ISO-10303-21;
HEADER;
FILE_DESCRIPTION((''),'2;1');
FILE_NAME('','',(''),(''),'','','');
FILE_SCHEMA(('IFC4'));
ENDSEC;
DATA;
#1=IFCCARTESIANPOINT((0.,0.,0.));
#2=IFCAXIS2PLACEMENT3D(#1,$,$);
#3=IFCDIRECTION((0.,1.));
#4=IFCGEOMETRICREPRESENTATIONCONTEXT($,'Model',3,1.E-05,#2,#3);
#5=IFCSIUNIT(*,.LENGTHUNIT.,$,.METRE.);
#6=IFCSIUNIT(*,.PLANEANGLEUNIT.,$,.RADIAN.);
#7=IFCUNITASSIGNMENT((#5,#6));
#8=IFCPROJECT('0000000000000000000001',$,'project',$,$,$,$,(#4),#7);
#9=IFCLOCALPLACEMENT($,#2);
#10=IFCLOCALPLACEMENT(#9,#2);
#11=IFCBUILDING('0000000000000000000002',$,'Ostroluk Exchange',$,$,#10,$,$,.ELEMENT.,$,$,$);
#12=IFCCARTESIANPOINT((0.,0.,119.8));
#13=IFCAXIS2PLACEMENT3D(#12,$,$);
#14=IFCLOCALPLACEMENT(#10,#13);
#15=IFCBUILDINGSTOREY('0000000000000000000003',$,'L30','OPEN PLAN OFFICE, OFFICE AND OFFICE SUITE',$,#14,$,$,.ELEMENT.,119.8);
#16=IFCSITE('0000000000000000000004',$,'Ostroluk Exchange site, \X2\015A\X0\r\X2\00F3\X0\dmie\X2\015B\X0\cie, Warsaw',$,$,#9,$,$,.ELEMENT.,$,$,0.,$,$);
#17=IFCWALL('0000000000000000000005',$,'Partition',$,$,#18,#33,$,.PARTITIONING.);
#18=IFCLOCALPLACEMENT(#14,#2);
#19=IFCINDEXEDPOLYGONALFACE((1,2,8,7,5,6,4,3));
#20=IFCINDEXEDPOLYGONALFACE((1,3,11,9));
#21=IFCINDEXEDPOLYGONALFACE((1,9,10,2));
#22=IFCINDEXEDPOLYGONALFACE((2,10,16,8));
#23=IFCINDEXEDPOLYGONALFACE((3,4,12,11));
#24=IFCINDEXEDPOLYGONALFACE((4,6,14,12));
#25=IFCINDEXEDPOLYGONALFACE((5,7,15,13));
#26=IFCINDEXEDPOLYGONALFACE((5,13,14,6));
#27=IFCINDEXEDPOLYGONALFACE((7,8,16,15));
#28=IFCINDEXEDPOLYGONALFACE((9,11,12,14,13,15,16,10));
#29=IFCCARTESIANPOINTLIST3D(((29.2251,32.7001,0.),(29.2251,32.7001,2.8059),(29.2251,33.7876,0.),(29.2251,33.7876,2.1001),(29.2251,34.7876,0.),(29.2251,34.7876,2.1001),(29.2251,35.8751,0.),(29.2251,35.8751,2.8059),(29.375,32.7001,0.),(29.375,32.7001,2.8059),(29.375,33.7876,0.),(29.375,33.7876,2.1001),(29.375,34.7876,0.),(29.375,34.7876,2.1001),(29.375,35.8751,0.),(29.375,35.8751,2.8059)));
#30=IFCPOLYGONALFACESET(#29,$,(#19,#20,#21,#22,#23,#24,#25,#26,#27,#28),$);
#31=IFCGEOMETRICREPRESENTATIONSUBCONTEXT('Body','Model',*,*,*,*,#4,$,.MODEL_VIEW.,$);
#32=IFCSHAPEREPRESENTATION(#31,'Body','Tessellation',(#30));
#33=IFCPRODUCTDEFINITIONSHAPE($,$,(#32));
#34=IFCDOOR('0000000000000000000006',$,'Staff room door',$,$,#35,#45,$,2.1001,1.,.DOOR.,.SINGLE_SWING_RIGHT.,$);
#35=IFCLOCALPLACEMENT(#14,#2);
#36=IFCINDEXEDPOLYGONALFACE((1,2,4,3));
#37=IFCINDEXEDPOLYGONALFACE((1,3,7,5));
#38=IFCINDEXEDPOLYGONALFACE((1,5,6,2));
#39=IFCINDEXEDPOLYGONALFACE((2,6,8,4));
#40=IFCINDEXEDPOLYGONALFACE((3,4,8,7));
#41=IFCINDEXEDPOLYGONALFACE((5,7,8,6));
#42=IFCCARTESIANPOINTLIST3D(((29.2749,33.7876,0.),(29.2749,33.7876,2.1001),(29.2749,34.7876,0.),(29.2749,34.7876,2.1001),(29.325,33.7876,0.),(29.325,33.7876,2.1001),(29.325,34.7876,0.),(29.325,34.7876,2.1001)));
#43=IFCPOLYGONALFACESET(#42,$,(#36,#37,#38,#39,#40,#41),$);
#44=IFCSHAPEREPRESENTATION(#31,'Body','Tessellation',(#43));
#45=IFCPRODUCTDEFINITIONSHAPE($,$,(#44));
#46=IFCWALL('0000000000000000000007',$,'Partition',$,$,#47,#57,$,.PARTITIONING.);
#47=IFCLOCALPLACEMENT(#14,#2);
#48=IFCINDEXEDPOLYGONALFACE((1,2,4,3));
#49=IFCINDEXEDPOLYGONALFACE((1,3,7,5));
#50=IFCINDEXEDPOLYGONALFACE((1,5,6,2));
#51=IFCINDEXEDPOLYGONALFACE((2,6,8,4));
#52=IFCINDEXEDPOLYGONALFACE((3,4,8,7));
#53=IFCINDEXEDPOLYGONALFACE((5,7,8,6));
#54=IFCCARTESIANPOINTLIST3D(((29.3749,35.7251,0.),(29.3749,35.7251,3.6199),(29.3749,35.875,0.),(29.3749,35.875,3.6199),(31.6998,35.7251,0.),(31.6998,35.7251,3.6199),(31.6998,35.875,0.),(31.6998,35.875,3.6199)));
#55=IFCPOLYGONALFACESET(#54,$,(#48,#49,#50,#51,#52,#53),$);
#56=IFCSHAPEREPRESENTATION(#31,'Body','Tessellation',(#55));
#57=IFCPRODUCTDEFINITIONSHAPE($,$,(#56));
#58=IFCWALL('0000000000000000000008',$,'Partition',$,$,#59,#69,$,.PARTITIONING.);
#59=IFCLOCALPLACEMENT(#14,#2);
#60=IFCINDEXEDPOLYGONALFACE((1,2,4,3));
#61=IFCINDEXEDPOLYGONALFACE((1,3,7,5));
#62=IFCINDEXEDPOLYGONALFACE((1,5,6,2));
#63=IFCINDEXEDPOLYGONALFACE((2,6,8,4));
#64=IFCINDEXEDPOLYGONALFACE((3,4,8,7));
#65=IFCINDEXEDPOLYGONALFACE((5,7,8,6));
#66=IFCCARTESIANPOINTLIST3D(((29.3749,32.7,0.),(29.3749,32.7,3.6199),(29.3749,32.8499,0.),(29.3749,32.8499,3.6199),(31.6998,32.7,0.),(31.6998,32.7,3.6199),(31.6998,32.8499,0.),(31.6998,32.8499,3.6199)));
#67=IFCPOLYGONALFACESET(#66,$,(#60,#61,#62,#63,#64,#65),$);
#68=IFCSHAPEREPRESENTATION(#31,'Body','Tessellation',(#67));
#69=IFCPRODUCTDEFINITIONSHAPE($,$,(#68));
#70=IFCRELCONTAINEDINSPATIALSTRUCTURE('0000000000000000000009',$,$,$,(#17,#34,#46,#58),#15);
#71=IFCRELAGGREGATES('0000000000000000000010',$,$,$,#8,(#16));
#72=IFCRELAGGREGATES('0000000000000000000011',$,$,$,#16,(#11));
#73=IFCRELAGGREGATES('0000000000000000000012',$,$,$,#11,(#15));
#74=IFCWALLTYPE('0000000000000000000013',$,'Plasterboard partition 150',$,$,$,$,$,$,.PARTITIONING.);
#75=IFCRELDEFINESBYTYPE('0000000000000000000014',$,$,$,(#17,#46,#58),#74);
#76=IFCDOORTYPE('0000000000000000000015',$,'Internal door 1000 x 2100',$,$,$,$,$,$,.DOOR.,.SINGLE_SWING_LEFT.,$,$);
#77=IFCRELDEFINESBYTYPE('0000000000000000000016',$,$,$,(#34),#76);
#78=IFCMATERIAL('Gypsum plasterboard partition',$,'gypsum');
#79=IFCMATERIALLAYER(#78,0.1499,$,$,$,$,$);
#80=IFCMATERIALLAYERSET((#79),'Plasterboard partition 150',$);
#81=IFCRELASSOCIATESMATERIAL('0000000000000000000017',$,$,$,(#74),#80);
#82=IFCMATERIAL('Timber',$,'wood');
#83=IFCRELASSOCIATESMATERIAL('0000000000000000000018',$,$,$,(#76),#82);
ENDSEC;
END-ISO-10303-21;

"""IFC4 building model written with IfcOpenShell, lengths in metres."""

from ifc_helpers import new_model, si_unit, direction, frame, frame_2d, origin, place, context, subcontext, project, spatial, rectangle, extrude, material, layer, layer_set, type_object, element, fill, save


model = new_model("IFC4")

# Units and contexts
model_context = context("Model", 3, precision=1e-05, world=origin(), true_north=direction((0.0, 1.0)))
body_context = subcontext(model_context, "Body", "Model", "MODEL_VIEW")
ifc_project = project(units=[si_unit("LENGTHUNIT", "METRE"), si_unit("PLANEANGLEUNIT", "RADIAN")], contexts=[model_context])

# Site, building, storey
site_placement = place(None, origin())
site = spatial("IfcSite", under=ifc_project, at=site_placement, Name="Ostroluk Exchange site, Śródmieście, Warsaw", CompositionType="ELEMENT", RefElevation=0.0)
building_placement = place(site_placement, origin())
building = spatial("IfcBuilding", under=site, at=building_placement, Name="Ostroluk Exchange", CompositionType="ELEMENT")
storey_placement = place(building_placement, frame((0.0, 0.0, 119.8)))
storey = spatial("IfcBuildingStorey", under=building, at=storey_placement, Name="L30", Description="OPEN PLAN OFFICE, OFFICE AND OFFICE SUITE", CompositionType="ELEMENT", Elevation=119.8)

# Wall, opening, door
ifc_material_1 = material(Name="Gypsum plasterboard partition", Category="gypsum")
ifc_layer_1 = layer(ifc_material_1, 0.1499)
ifc_layer_set_1 = layer_set([ifc_layer_1], Name="Plasterboard partition 150")
wall_type_1 = type_object("IfcWallType", Name="Plasterboard partition 150", PredefinedType="PARTITIONING", material=ifc_layer_set_1)
wall_1_placement = place(storey_placement, frame((29.3, 35.875, 0.0), z_axis=(0.0, 0.0, 1.0), x_axis=(0.0, -1.0, 0.0)))
wall_1 = element("IfcWall", 1, at=wall_1_placement, inside=storey, type_object=wall_type_1, Name="Partition", PredefinedType="PARTITIONING", context=body_context, shape_type="SweptSolid", body=[
    extrude(rectangle(XDim=3.175, YDim=0.1499, at=frame_2d((1.5874, 0.0))), origin(), (0.0, 0.0, 1.0), 2.8059),
])
opening_1_placement = place(wall_1_placement, frame((1.0874, 0.0, 0.0)))
opening_1 = element("IfcOpeningElement", 2, at=opening_1_placement, cuts=wall_1, PredefinedType="OPENING", context=body_context, shape_type="SweptSolid", body=[
    extrude(rectangle(XDim=1.0, YDim=2.1001, at=frame_2d((0.5, 1.05))), frame((0.0, 0.085, 0.0), z_axis=(0.0, -1.0, 0.0), x_axis=(1.0, 0.0, 0.0)), (0.0, 0.0, 1.0), 0.1699),
])
ifc_material_2 = material(Name="Timber", Category="wood")
door_type_1 = type_object("IfcDoorType", Name="Internal door 1000 x 2100", OperationType="SINGLE_SWING_LEFT", PredefinedType="DOOR", material=ifc_material_2)
door_1_placement = place(opening_1_placement, origin())
door_1 = element("IfcDoor", 3, at=door_1_placement, inside=storey, type_object=door_type_1, Name="Staff room door", OperationType="SINGLE_SWING_RIGHT", OverallHeight=2.1001, OverallWidth=1.0, PredefinedType="DOOR", context=body_context, shape_type="SweptSolid", body=[
    extrude(rectangle(XDim=1.0, YDim=2.1001, at=frame_2d((0.5, 1.05))), frame((0.0, 0.0249, 0.0), z_axis=(0.0, -1.0, 0.0), x_axis=(1.0, 0.0, 0.0)), (0.0, 0.0, 1.0), 0.05),
])
fill(opening_1, door_1)

# Walls
for number, where, z_axis, x_axis, name in (
    (4, (31.7, 35.8, 0.0), (0.0, 0.0, 1.0), (-1.0, 0.0, 0.0), "Partition"),
    (5, (31.7, 32.7749, 0.0), (0.0, 0.0, 1.0), (-1.0, 0.0, 0.0), "Partition"),
):
    element("IfcWall", number, at=place(storey_placement, frame(where, z_axis=z_axis, x_axis=x_axis)), inside=storey, type_object=wall_type_1, Name=name, PredefinedType="PARTITIONING", context=body_context, shape_type="SweptSolid", body=[
        extrude(rectangle(XDim=2.325, YDim=0.1499, at=frame_2d((1.1626, 0.0))), origin(), (0.0, 0.0, 1.0), 3.6199),
    ])

save(model, "model.ifc")
